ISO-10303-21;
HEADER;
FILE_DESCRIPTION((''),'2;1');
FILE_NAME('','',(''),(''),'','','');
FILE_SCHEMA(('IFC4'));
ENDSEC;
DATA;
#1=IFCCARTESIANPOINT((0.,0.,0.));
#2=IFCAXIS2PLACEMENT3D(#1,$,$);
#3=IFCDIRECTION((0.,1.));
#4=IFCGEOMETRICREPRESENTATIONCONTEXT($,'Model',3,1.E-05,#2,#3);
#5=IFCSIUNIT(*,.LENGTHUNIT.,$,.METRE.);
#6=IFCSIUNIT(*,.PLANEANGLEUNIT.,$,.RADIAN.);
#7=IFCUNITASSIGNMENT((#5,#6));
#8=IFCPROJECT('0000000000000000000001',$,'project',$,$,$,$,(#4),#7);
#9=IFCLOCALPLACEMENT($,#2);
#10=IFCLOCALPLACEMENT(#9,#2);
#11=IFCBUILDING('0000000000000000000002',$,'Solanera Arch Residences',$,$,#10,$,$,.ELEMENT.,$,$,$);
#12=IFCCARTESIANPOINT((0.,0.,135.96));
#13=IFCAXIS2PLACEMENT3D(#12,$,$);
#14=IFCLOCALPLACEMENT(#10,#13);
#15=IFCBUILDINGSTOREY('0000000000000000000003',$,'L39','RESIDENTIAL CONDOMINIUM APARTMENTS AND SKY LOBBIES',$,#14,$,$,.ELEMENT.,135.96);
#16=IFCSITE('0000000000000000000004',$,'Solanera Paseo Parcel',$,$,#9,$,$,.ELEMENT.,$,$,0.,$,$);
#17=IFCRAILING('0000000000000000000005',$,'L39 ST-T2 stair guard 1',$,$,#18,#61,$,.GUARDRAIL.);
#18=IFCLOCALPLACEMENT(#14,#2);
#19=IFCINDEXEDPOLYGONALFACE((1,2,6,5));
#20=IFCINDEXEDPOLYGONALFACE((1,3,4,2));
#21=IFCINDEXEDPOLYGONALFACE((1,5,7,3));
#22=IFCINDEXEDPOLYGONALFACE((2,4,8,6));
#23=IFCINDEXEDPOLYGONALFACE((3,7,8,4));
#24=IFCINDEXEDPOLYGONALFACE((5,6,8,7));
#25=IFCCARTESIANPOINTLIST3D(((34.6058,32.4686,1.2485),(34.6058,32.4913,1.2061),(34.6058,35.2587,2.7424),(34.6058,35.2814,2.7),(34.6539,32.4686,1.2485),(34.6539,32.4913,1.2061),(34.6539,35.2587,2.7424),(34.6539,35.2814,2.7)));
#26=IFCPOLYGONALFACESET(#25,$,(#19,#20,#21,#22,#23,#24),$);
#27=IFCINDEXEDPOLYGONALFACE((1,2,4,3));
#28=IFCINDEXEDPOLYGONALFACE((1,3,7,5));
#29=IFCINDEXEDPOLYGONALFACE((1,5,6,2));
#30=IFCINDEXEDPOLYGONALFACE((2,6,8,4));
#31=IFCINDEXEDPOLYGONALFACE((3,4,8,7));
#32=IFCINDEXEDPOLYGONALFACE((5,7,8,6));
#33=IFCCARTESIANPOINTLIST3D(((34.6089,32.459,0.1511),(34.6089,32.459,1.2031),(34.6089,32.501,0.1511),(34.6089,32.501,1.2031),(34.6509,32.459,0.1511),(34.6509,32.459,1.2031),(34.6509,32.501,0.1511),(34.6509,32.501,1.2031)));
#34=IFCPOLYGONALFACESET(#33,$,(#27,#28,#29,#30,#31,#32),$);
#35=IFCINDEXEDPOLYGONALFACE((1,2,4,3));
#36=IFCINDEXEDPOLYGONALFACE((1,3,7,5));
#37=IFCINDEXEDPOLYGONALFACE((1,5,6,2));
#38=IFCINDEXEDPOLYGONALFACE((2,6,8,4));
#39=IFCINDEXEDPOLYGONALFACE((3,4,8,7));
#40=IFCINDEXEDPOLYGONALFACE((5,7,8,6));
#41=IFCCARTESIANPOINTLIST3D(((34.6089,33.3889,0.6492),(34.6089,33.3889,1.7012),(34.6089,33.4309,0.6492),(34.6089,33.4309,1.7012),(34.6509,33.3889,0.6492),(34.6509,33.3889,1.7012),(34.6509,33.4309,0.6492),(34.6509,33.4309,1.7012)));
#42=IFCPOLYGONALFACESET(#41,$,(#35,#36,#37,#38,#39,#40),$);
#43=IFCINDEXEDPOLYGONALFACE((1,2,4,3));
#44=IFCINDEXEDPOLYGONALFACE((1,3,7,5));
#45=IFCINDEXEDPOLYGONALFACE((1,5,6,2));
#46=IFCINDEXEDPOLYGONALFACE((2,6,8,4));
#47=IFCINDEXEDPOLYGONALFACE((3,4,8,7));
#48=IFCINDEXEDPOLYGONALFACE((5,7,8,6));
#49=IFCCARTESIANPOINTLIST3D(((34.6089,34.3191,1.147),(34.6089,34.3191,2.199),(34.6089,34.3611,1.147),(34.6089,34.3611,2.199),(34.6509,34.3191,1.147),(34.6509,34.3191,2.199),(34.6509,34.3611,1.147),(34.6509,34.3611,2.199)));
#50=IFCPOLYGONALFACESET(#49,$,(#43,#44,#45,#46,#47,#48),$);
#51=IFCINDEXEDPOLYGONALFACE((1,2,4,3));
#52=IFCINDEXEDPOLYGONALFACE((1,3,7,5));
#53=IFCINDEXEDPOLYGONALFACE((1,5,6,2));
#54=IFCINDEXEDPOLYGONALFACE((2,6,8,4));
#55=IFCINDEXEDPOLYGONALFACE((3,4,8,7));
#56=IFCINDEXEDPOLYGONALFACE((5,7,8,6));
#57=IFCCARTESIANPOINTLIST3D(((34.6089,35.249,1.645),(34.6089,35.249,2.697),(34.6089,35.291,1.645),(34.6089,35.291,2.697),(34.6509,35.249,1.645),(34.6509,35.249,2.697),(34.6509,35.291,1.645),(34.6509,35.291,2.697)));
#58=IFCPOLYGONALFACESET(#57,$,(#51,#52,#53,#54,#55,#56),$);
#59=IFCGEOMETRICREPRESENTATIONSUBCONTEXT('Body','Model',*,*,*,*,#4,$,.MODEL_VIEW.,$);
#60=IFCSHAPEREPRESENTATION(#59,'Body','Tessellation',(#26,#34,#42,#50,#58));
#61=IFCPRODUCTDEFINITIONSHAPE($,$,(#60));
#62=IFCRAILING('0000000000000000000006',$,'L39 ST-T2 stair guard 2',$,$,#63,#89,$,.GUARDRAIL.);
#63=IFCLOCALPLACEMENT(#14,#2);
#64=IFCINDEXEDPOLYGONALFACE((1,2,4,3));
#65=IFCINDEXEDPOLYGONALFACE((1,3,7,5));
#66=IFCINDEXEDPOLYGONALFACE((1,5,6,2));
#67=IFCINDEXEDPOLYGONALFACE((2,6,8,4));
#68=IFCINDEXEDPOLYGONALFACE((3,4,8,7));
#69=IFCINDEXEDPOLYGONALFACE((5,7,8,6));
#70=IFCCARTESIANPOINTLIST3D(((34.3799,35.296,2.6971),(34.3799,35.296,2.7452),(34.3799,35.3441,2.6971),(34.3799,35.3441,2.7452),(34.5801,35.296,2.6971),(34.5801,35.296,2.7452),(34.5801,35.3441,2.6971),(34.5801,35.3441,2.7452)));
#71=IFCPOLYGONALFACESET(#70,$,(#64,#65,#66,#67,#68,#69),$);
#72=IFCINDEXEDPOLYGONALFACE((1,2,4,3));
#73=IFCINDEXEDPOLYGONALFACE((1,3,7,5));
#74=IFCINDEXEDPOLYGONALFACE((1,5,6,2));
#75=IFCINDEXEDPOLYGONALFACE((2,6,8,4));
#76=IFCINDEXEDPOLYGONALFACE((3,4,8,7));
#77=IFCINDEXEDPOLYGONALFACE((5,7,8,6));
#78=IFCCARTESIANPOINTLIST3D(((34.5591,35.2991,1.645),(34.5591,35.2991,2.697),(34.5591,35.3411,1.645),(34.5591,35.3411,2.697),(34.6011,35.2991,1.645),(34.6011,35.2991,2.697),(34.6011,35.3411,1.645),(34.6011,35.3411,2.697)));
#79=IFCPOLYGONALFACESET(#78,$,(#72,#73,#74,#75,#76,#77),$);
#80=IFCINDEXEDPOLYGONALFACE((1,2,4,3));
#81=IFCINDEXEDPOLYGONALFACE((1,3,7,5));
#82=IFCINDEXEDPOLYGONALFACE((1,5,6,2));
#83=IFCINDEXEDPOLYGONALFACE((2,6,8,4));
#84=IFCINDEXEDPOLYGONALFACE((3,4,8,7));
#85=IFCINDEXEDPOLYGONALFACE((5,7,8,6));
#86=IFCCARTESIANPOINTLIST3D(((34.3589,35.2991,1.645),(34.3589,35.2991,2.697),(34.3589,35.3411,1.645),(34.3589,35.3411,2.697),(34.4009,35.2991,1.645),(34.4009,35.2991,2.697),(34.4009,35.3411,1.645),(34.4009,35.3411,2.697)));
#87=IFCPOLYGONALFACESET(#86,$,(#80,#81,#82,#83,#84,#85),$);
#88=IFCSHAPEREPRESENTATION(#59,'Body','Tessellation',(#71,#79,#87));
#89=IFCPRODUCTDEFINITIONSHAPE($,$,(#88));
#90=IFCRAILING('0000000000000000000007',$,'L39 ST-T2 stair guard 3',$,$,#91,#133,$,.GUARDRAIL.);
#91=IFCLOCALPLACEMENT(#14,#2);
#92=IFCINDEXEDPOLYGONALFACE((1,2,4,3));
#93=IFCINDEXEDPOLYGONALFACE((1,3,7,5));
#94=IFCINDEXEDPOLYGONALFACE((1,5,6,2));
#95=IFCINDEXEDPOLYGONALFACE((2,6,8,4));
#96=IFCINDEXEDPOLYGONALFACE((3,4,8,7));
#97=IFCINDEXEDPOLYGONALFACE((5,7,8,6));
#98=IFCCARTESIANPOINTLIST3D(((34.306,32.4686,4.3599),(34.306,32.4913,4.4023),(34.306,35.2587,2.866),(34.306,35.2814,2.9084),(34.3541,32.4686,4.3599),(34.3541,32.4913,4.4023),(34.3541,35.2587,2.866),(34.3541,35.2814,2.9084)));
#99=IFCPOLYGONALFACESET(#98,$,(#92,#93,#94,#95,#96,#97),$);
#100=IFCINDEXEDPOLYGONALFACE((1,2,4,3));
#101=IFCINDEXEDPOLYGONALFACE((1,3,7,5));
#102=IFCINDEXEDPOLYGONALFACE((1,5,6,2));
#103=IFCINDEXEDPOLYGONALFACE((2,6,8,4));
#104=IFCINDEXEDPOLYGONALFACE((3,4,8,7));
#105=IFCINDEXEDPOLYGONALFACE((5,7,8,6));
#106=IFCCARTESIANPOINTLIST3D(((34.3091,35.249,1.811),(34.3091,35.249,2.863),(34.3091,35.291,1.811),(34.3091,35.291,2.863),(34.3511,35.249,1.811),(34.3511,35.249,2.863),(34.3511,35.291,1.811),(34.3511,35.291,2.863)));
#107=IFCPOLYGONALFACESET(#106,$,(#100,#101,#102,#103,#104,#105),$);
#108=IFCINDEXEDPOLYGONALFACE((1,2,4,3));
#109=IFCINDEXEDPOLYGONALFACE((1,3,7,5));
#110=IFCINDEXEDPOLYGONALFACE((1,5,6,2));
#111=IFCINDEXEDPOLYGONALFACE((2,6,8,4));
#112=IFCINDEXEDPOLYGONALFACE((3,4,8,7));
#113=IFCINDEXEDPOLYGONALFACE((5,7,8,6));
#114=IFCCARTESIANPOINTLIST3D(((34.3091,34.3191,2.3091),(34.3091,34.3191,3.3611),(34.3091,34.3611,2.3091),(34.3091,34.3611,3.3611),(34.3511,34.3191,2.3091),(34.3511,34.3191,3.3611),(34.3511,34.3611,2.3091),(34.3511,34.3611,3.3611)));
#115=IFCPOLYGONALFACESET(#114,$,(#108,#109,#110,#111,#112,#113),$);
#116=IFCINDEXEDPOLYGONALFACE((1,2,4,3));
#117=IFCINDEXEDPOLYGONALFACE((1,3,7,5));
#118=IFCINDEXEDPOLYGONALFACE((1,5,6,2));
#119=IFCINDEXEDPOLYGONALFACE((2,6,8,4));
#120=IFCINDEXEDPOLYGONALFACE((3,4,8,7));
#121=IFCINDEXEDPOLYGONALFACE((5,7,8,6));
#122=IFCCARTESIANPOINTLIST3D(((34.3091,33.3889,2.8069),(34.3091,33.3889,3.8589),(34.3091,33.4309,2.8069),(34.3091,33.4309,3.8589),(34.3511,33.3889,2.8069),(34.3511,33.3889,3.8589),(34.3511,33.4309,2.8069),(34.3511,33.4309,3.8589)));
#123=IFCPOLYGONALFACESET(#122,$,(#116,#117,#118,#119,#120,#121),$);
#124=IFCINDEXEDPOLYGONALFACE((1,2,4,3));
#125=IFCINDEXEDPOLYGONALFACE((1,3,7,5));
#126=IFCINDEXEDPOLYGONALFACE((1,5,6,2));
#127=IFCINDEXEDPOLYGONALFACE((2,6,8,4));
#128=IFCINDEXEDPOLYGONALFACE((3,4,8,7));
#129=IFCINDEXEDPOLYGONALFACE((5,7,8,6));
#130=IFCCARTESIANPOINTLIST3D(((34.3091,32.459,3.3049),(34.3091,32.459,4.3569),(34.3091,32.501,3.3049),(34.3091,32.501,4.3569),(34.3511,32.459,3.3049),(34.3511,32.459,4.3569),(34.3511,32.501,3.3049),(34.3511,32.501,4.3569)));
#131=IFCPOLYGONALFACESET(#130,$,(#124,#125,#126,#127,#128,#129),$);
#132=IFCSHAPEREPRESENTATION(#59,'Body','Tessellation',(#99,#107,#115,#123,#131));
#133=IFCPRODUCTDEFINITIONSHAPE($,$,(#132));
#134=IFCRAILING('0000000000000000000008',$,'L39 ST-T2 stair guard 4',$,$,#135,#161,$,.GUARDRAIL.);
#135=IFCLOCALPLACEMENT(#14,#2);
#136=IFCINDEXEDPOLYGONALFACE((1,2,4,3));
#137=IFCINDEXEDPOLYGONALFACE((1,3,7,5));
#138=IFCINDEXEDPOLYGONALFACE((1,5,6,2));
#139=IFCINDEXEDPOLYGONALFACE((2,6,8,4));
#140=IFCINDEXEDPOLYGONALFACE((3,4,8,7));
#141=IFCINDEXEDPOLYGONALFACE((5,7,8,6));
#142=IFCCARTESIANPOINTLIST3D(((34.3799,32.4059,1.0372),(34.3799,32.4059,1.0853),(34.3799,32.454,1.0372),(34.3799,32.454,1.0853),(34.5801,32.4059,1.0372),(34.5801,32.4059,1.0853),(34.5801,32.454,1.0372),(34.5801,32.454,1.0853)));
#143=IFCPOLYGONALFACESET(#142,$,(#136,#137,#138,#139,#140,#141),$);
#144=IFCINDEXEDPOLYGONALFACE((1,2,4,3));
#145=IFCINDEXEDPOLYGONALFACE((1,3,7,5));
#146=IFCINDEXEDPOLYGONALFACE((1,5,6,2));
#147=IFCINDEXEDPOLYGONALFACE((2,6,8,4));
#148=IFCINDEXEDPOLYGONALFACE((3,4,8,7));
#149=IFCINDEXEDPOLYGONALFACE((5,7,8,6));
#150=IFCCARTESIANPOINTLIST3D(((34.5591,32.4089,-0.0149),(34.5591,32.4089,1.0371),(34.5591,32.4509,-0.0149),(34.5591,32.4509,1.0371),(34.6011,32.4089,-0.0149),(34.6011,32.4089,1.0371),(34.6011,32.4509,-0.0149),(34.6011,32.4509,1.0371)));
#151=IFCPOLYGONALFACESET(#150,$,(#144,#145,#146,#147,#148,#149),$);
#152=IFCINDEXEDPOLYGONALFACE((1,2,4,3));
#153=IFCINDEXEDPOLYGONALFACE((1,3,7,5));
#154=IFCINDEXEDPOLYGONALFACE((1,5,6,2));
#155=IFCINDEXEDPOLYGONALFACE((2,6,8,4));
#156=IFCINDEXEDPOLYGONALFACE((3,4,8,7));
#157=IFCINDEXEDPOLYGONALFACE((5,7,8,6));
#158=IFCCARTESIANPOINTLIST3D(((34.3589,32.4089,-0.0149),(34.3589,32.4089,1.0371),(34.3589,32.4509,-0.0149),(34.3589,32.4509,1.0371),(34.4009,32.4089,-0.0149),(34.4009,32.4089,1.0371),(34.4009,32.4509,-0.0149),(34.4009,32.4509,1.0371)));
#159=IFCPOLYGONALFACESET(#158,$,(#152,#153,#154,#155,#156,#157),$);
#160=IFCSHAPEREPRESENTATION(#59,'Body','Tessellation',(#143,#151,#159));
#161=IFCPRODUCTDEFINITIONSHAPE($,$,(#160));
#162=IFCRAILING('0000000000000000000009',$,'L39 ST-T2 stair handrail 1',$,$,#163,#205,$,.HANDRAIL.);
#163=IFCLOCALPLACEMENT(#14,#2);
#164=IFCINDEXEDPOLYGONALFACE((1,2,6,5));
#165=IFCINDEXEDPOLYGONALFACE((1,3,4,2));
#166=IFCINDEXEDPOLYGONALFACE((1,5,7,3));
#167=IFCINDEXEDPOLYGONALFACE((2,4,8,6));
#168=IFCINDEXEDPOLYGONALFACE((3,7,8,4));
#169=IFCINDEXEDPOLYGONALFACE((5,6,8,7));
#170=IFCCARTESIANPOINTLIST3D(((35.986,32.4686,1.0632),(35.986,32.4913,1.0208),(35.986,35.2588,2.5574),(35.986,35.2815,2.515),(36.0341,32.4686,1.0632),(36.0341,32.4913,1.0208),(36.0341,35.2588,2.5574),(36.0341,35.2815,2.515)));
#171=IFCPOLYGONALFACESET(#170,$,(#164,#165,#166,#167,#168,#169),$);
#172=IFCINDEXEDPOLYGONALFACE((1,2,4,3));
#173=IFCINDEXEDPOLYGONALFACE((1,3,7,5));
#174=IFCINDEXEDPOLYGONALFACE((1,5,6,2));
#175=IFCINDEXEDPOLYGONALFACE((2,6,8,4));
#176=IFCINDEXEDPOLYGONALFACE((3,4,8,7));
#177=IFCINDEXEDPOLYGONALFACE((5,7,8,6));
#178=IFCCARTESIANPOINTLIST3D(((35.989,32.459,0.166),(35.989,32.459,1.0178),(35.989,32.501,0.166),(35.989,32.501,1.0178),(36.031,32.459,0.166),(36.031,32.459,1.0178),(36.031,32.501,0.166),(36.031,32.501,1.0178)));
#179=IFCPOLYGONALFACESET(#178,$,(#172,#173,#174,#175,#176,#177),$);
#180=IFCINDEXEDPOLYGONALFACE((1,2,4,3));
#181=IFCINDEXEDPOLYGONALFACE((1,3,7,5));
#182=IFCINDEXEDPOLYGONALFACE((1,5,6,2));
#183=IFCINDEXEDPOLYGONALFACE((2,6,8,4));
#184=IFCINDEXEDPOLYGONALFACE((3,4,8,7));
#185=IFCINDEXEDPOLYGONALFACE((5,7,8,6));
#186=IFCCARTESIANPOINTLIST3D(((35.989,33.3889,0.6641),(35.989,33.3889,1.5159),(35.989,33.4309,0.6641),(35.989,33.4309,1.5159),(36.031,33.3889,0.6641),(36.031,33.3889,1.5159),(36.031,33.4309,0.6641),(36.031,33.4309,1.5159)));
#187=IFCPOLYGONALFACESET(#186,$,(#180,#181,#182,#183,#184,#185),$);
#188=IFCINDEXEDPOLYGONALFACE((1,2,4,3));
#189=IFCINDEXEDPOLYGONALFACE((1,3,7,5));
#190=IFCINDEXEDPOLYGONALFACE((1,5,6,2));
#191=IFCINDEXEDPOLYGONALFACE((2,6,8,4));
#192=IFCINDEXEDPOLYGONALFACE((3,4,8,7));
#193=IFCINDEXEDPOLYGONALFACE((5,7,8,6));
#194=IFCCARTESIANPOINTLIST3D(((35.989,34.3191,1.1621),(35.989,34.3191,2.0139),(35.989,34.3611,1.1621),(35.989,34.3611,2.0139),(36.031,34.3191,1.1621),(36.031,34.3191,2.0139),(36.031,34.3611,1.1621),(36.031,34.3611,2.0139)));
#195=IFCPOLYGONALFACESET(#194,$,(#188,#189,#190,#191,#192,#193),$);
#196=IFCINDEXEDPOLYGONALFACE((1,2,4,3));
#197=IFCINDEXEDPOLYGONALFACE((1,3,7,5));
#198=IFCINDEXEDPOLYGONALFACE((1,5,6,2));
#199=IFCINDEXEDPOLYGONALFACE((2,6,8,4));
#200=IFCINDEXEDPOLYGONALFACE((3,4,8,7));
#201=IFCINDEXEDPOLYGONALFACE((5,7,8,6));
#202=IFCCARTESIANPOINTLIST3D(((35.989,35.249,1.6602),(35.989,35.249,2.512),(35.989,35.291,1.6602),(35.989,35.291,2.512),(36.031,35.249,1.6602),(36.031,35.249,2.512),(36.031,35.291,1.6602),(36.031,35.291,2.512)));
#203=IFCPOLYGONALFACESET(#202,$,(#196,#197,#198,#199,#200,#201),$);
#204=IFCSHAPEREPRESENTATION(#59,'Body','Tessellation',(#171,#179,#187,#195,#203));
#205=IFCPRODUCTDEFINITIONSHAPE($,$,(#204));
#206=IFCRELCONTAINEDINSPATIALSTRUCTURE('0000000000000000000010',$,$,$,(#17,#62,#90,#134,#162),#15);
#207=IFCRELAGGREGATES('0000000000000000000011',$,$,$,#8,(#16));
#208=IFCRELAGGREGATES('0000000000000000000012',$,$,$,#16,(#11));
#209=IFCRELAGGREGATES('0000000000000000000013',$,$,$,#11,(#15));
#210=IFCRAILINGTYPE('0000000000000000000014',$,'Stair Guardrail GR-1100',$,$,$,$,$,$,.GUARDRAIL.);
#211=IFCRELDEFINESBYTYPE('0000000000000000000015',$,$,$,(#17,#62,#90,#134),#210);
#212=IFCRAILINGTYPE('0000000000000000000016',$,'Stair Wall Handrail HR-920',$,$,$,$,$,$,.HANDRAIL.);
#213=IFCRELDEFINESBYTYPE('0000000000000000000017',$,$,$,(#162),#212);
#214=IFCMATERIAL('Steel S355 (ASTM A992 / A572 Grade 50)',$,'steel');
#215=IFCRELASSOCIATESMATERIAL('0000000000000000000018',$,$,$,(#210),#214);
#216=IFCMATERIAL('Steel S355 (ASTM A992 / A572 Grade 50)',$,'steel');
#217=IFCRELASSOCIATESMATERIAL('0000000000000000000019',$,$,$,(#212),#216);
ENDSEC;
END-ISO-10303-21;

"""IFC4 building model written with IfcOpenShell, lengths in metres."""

from ifc_helpers import new_model, si_unit, direction, frame, origin, origin_2d, place, context, subcontext, project, spatial, rectangle, extrude, material, type_object, element, save


model = new_model("IFC4")

# Units and contexts
model_context = context("Model", 3, precision=1e-05, world=origin(), true_north=direction((0.0, 1.0)))
body_context = subcontext(model_context, "Body", "Model", "MODEL_VIEW")
ifc_project = project(units=[si_unit("LENGTHUNIT", "METRE"), si_unit("PLANEANGLEUNIT", "RADIAN")], contexts=[model_context])

# Site, building, storey
site_placement = place(None, origin())
site = spatial("IfcSite", under=ifc_project, at=site_placement, Name="Solanera Paseo Parcel", CompositionType="ELEMENT", RefElevation=0.0)
building_placement = place(site_placement, origin())
building = spatial("IfcBuilding", under=site, at=building_placement, Name="Solanera Arch Residences", CompositionType="ELEMENT")
storey_placement = place(building_placement, frame((0.0, 0.0, 135.96)))
storey = spatial("IfcBuildingStorey", under=building, at=storey_placement, Name="L39", Description="RESIDENTIAL CONDOMINIUM APARTMENTS AND SKY LOBBIES", CompositionType="ELEMENT", Elevation=135.96)

# Railings
ifc_material_1 = material(Name="Steel S355 (ASTM A992 / A572 Grade 50)", Category="steel")
railing_type_1 = type_object("IfcRailingType", Name="Stair Guardrail GR-1100", PredefinedType="GUARDRAIL", material=ifc_material_1)
railing_1_placement = place(storey_placement, frame((34.6299, 32.48, 0.1511)))
element("IfcRailing", 1, at=railing_1_placement, inside=storey, type_object=railing_type_1, Name="L39 ST-T2 stair guard 1", PredefinedType="GUARDRAIL", context=body_context, shape_type="SweptSolid", body=[
    extrude(rectangle(XDim=0.0481, YDim=0.0481, at=origin_2d()), frame((0.0, 0.0, 1.0762), z_axis=(0.0, 0.881581, 0.472033), x_axis=(-1.0, 0.0, 0.0)), (0.0, 0.0, 1.0), 3.1648),
    extrude(rectangle(XDim=0.042, YDim=0.042, at=origin_2d()), origin(), (0.0, 0.0, 1.0), 1.052),
    extrude(rectangle(XDim=0.042, YDim=0.042, at=origin_2d()), frame((0.0, 0.9299, 0.498)), (0.0, 0.0, 1.0), 1.052),
    extrude(rectangle(XDim=0.042, YDim=0.042, at=origin_2d()), frame((0.0, 1.8601, 0.9958)), (0.0, 0.0, 1.0), 1.052),
    extrude(rectangle(XDim=0.042, YDim=0.042, at=origin_2d()), frame((0.0, 2.79, 1.4939)), (0.0, 0.0, 1.0), 1.052),
])
railing_2_placement = place(storey_placement, frame((34.5801, 35.3201, 1.645)))
element("IfcRailing", 2, at=railing_2_placement, inside=storey, type_object=railing_type_1, Name="L39 ST-T2 stair guard 2", PredefinedType="GUARDRAIL", context=body_context, shape_type="SweptSolid", body=[
    extrude(rectangle(XDim=0.0481, YDim=0.0481, at=origin_2d()), frame((0.0, 0.0, 1.0762), z_axis=(-1.0, 0.0, 0.0), x_axis=(0.0, -1.0, 0.0)), (0.0, 0.0, 1.0), 0.2002),
    extrude(rectangle(XDim=0.042, YDim=0.042, at=origin_2d()), origin(), (0.0, 0.0, 1.0), 1.052),
    extrude(rectangle(XDim=0.042, YDim=0.042, at=origin_2d()), frame((-0.2002, 0.0, 0.0)), (0.0, 0.0, 1.0), 1.052),
])
railing_3_placement = place(storey_placement, frame((34.3301, 35.27, 1.811)))
element("IfcRailing", 3, at=railing_3_placement, inside=storey, type_object=railing_type_1, Name="L39 ST-T2 stair guard 3", PredefinedType="GUARDRAIL", context=body_context, shape_type="SweptSolid", body=[
    extrude(rectangle(XDim=0.0481, YDim=0.0481, at=origin_2d()), frame((0.0, 0.0, 1.0762), z_axis=(0.0, -0.881581, 0.472033), x_axis=(1.0, 0.0, 0.0)), (0.0, 0.0, 1.0), 3.1648),
    extrude(rectangle(XDim=0.042, YDim=0.042, at=origin_2d()), origin(), (0.0, 0.0, 1.0), 1.052),
    extrude(rectangle(XDim=0.042, YDim=0.042, at=origin_2d()), frame((0.0, -0.9299, 0.498)), (0.0, 0.0, 1.0), 1.052),
    extrude(rectangle(XDim=0.042, YDim=0.042, at=origin_2d()), frame((0.0, -1.8601, 0.9958)), (0.0, 0.0, 1.0), 1.052),
    extrude(rectangle(XDim=0.042, YDim=0.042, at=origin_2d()), frame((0.0, -2.79, 1.4939)), (0.0, 0.0, 1.0), 1.052),
])
railing_4_placement = place(storey_placement, frame((34.5801, 32.4299, -0.0149)))
element("IfcRailing", 4, at=railing_4_placement, inside=storey, type_object=railing_type_1, Name="L39 ST-T2 stair guard 4", PredefinedType="GUARDRAIL", context=body_context, shape_type="SweptSolid", body=[
    extrude(rectangle(XDim=0.0481, YDim=0.0481, at=origin_2d()), frame((0.0, 0.0, 1.0762), z_axis=(-1.0, 0.0, 0.0), x_axis=(0.0, -1.0, 0.0)), (0.0, 0.0, 1.0), 0.2002),
    extrude(rectangle(XDim=0.042, YDim=0.042, at=origin_2d()), origin(), (0.0, 0.0, 1.0), 1.052),
    extrude(rectangle(XDim=0.042, YDim=0.042, at=origin_2d()), frame((-0.2002, 0.0, 0.0)), (0.0, 0.0, 1.0), 1.052),
])
ifc_material_2 = material(Name="Steel S355 (ASTM A992 / A572 Grade 50)", Category="steel")
railing_type_2 = type_object("IfcRailingType", Name="Stair Wall Handrail HR-920", PredefinedType="HANDRAIL", material=ifc_material_2)
railing_5_placement = place(storey_placement, frame((36.01, 32.48, 0.166)))
element("IfcRailing", 5, at=railing_5_placement, inside=storey, type_object=railing_type_2, Name="L39 ST-T2 stair handrail 1", PredefinedType="HANDRAIL", context=body_context, shape_type="SweptSolid", body=[
    extrude(rectangle(XDim=0.0481, YDim=0.0481, at=origin_2d()), frame((0.0, 0.0, 0.876), z_axis=(0.0, 0.881549, 0.472093), x_axis=(-1.0, 0.0, 0.0)), (0.0, 0.0, 1.0), 3.165),
    extrude(rectangle(XDim=0.042, YDim=0.042, at=origin_2d()), origin(), (0.0, 0.0, 1.0), 0.8518),
    extrude(rectangle(XDim=0.042, YDim=0.042, at=origin_2d()), frame((0.0, 0.9299, 0.498)), (0.0, 0.0, 1.0), 0.8518),
    extrude(rectangle(XDim=0.042, YDim=0.042, at=origin_2d()), frame((0.0, 1.8601, 0.9961)), (0.0, 0.0, 1.0), 0.8518),
    extrude(rectangle(XDim=0.042, YDim=0.042, at=origin_2d()), frame((0.0, 2.79, 1.4941)), (0.0, 0.0, 1.0), 0.8518),
])

save(model, "model.ifc")
